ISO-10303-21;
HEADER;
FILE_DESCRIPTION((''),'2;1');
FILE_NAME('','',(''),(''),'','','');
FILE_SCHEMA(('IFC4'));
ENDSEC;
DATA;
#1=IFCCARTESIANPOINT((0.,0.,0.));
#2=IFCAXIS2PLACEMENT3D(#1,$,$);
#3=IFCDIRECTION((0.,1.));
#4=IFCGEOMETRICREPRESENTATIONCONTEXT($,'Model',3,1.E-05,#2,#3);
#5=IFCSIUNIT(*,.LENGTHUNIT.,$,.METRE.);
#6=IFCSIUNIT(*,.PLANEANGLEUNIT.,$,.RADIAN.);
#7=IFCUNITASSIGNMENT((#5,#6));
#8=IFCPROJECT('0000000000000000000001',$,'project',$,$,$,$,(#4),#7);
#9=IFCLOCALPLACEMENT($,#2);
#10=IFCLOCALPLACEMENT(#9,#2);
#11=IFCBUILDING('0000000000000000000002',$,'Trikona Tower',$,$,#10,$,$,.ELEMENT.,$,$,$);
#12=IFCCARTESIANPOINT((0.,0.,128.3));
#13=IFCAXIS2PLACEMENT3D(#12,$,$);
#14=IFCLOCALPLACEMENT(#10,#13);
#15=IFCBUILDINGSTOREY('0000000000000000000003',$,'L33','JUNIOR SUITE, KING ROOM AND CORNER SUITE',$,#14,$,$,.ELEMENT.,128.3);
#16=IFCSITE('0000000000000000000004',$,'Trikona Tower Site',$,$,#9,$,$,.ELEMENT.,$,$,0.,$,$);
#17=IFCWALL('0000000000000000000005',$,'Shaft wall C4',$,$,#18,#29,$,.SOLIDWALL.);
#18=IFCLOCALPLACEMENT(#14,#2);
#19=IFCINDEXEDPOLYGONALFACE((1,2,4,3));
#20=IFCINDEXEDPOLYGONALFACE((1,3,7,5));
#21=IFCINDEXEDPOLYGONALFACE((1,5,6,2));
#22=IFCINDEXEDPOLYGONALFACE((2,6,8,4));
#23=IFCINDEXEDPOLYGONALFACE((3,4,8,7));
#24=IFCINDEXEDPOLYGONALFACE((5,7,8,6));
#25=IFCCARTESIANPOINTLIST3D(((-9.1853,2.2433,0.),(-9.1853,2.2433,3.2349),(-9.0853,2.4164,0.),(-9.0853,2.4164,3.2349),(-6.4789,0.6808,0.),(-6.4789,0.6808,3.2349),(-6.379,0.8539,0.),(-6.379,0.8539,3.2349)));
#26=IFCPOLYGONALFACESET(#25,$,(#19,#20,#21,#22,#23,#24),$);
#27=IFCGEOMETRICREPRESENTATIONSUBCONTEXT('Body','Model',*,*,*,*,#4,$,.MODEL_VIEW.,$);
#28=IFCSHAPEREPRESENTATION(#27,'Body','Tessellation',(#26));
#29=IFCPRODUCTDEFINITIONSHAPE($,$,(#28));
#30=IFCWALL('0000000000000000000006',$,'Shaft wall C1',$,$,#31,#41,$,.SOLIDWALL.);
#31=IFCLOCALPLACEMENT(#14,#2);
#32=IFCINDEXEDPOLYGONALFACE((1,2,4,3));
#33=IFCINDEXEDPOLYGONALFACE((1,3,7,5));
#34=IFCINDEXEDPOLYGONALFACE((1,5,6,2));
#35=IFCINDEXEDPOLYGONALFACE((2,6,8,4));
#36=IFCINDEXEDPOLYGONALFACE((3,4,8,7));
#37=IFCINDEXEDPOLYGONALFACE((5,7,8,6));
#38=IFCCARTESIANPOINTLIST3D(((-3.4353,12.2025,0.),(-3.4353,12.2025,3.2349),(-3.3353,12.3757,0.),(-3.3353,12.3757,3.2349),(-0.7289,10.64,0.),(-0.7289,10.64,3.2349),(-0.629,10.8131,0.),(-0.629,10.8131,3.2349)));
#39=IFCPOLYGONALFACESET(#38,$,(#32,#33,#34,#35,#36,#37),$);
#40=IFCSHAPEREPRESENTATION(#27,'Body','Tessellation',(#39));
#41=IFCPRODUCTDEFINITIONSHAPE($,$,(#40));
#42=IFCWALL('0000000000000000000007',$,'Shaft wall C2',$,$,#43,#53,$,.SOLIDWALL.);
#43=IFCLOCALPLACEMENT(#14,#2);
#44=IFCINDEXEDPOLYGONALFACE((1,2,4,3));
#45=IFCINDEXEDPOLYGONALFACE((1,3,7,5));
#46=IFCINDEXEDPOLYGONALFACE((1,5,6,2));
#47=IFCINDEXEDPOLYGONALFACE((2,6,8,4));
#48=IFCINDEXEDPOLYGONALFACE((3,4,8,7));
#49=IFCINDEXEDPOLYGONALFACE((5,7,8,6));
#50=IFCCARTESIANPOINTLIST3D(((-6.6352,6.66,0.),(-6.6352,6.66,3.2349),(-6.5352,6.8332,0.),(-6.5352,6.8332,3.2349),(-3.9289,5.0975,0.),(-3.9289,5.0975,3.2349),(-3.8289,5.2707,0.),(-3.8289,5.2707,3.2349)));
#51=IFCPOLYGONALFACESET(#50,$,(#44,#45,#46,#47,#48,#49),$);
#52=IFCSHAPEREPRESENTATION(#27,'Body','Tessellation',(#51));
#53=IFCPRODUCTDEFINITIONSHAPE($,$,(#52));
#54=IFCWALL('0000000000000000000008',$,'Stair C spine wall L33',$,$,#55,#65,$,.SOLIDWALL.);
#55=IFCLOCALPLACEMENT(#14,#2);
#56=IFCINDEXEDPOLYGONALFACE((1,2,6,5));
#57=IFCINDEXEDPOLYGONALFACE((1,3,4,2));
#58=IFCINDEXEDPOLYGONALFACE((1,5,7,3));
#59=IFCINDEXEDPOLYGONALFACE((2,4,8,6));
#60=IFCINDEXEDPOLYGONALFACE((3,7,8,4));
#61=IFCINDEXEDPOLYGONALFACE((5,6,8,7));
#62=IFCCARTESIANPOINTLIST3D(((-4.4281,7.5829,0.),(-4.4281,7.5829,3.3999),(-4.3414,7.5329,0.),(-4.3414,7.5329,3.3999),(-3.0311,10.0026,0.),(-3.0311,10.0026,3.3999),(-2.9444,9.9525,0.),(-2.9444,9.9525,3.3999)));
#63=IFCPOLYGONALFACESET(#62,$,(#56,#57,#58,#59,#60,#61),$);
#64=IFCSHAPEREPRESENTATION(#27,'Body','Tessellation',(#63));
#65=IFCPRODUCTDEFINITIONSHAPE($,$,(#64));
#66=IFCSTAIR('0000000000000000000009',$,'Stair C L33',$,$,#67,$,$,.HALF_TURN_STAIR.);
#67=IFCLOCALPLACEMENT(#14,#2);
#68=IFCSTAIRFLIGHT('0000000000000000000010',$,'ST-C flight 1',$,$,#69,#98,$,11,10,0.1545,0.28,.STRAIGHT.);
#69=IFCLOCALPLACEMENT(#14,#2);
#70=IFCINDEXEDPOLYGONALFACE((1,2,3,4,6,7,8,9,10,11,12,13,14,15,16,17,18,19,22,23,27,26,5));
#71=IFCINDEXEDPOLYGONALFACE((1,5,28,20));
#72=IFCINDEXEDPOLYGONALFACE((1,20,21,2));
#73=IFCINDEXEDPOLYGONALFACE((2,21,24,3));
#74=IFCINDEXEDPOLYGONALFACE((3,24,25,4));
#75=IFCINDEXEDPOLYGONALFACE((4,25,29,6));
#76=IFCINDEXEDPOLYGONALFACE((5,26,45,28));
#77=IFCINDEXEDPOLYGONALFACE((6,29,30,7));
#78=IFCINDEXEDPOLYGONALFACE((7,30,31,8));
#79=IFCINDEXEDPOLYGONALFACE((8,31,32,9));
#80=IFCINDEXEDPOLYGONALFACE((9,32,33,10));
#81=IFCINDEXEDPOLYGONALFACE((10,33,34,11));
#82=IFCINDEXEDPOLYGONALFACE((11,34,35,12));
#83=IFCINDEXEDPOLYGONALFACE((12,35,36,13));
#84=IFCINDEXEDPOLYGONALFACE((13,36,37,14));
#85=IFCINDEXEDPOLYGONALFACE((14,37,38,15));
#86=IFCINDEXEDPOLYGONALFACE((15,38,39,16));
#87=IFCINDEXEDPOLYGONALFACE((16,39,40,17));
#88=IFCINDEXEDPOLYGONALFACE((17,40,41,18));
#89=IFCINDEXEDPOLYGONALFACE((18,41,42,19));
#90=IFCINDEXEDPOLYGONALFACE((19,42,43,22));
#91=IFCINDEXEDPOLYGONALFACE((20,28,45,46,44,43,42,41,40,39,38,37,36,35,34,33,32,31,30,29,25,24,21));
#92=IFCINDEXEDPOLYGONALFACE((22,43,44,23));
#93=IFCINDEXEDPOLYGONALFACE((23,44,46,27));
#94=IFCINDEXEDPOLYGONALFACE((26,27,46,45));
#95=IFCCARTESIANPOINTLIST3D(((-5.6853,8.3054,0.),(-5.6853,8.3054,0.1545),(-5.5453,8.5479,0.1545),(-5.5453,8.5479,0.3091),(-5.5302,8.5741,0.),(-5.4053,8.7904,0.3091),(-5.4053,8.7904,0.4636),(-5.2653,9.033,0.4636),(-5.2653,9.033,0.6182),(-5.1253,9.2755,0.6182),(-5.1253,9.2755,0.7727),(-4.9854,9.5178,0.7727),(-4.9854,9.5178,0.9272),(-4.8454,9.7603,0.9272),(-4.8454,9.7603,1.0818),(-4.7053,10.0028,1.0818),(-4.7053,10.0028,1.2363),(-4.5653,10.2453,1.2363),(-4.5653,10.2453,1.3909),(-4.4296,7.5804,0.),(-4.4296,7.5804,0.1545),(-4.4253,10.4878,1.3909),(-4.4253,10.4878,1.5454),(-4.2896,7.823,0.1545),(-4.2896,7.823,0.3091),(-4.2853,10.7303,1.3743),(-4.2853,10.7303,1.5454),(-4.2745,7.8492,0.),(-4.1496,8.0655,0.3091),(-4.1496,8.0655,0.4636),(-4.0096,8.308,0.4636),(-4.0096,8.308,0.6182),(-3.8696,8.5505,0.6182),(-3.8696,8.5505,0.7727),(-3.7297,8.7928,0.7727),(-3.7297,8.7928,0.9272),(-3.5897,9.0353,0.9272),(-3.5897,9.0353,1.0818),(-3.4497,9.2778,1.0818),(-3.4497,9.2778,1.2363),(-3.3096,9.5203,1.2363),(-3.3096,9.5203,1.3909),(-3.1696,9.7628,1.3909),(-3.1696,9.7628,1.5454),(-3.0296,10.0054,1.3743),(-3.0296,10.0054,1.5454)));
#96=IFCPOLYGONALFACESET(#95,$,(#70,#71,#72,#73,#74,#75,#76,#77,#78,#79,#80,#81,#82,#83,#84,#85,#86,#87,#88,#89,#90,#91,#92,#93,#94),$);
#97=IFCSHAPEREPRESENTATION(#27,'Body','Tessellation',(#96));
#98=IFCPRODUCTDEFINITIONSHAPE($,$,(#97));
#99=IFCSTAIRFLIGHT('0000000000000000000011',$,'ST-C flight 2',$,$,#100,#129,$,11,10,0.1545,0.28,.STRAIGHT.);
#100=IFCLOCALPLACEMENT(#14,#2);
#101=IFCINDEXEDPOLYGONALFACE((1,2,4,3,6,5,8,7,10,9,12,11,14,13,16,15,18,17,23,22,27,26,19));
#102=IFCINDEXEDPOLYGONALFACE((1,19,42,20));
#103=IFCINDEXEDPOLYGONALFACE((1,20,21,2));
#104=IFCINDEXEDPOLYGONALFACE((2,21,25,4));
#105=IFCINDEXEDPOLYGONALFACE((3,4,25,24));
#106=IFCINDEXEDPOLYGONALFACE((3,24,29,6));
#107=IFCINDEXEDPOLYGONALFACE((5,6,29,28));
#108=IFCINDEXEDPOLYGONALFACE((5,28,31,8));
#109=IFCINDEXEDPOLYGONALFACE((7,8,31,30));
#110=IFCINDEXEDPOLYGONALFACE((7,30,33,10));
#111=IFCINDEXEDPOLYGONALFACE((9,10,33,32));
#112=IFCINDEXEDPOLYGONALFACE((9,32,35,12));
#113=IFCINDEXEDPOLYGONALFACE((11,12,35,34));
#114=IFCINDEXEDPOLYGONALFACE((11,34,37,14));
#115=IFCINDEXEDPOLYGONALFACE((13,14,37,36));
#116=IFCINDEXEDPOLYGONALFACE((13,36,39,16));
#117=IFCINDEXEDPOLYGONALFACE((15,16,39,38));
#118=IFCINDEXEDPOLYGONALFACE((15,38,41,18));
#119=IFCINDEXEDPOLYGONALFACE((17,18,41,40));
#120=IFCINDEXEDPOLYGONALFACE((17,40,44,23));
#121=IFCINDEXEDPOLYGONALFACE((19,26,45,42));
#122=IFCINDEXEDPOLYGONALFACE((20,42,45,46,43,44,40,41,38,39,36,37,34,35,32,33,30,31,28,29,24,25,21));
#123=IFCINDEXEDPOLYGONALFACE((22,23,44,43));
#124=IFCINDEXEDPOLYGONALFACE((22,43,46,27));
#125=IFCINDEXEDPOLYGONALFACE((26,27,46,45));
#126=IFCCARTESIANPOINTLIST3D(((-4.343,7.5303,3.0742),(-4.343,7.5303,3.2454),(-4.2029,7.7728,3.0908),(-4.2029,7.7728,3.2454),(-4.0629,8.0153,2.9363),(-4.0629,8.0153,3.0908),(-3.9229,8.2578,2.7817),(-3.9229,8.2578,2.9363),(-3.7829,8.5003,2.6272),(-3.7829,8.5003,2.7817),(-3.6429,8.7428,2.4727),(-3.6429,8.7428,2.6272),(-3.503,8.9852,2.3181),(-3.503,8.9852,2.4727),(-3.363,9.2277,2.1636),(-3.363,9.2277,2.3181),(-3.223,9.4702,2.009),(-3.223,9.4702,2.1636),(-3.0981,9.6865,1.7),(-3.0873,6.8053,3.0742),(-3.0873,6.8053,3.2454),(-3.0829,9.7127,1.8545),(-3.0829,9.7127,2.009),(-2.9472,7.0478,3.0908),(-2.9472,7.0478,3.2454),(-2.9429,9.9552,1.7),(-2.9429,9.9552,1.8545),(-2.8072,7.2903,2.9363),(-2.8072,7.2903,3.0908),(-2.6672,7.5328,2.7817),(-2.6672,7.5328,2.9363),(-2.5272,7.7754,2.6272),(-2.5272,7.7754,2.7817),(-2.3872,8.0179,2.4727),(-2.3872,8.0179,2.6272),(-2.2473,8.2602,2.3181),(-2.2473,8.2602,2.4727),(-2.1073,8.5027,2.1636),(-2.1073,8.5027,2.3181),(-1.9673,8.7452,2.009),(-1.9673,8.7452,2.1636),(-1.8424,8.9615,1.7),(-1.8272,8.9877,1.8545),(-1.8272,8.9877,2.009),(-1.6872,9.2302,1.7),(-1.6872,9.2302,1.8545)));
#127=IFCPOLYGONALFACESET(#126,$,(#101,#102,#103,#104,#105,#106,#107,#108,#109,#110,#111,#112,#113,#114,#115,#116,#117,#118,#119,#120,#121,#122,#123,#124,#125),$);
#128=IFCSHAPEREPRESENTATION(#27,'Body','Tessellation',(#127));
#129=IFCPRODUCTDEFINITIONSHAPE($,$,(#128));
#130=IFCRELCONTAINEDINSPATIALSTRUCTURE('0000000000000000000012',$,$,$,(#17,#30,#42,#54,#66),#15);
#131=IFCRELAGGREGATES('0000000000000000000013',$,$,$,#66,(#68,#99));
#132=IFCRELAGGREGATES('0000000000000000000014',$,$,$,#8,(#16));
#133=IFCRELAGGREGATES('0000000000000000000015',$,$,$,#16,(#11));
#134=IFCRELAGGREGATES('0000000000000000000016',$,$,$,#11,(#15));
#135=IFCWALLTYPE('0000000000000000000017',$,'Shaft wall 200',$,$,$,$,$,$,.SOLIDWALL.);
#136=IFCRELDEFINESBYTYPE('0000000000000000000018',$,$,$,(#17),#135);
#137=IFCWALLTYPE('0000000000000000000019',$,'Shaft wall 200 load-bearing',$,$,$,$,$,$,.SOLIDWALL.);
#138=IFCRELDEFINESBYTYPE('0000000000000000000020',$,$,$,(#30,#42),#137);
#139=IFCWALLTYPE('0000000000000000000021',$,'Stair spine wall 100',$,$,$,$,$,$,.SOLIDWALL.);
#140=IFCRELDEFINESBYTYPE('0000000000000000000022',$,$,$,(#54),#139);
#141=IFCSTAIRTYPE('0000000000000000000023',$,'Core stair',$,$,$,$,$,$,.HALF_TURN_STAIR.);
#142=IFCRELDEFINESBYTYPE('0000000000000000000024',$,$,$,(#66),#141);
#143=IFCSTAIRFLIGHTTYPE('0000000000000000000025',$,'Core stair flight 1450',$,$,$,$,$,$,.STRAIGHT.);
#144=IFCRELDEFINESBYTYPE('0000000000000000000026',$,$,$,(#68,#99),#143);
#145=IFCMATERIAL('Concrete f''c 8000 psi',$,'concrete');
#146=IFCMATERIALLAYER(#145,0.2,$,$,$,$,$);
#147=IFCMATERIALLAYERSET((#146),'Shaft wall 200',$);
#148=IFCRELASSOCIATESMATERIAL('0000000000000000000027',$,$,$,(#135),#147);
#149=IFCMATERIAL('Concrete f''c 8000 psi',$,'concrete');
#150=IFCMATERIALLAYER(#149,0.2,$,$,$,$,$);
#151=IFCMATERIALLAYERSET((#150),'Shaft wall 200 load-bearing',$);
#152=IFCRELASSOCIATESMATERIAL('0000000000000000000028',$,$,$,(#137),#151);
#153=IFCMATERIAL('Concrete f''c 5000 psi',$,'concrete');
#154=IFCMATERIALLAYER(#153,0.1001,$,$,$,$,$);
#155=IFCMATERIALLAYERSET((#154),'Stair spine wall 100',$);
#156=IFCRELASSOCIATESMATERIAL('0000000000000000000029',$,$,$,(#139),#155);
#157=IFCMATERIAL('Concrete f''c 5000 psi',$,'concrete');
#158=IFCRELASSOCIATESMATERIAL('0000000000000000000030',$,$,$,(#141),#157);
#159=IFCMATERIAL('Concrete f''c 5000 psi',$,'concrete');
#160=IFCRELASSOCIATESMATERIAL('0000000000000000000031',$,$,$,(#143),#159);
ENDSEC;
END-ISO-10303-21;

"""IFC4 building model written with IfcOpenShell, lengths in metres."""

from ifc_helpers import new_model, si_unit, direction, frame, frame_2d, origin, place, context, subcontext, project, spatial, polyline, rectangle, outline, extrude, material, layer, layer_set, type_object, element, aggregate, save


model = new_model("IFC4")

# Units and contexts
model_context = context("Model", 3, precision=1e-05, world=origin(), true_north=direction((0.0, 1.0)))
body_context = subcontext(model_context, "Body", "Model", "MODEL_VIEW")
ifc_project = project(units=[si_unit("LENGTHUNIT", "METRE"), si_unit("PLANEANGLEUNIT", "RADIAN")], contexts=[model_context])

# Site, building, storey
site_placement = place(None, origin())
site = spatial("IfcSite", under=ifc_project, at=site_placement, Name="Trikona Tower Site", CompositionType="ELEMENT", RefElevation=0.0)
building_placement = place(site_placement, origin())
building = spatial("IfcBuilding", under=site, at=building_placement, Name="Trikona Tower", CompositionType="ELEMENT")
storey_placement = place(building_placement, frame((0.0, 0.0, 128.3)))
storey = spatial("IfcBuildingStorey", under=building, at=storey_placement, Name="L33", Description="JUNIOR SUITE, KING ROOM AND CORNER SUITE", CompositionType="ELEMENT", Elevation=128.3)

# Walls
ifc_material_1 = material(Name="Concrete f'c 8000 psi", Category="concrete")
ifc_layer_1 = layer(ifc_material_1, 0.2)
ifc_layer_set_1 = layer_set([ifc_layer_1], Name="Shaft wall 200")
wall_type_1 = type_object("IfcWallType", Name="Shaft wall 200", PredefinedType="SOLIDWALL", material=ifc_layer_set_1)
for number, where, z_axis, x_axis, name in (
    (1, (-6.429, 0.7673, 0.0), (0.0, 0.0, 1.0), (-0.866023, 0.500004, 0.0), "Shaft wall C4"),
):
    element("IfcWall", number, at=place(storey_placement, frame(where, z_axis=z_axis, x_axis=x_axis)), inside=storey, type_object=wall_type_1, Name=name, PredefinedType="SOLIDWALL", context=body_context, shape_type="SweptSolid", body=[
        extrude(rectangle(XDim=3.125, YDim=0.2, at=frame_2d((1.5625, 0.0))), origin(), (0.0, 0.0, 1.0), 3.2349),
    ])
ifc_material_2 = material(Name="Concrete f'c 8000 psi", Category="concrete")
ifc_layer_2 = layer(ifc_material_2, 0.2)
ifc_layer_set_2 = layer_set([ifc_layer_2], Name="Shaft wall 200 load-bearing")
wall_type_2 = type_object("IfcWallType", Name="Shaft wall 200 load-bearing", PredefinedType="SOLIDWALL", material=ifc_layer_set_2)
for number, where, z_axis, x_axis, name in (
    (2, (-0.679, 10.7266, 0.0), (0.0, 0.0, 1.0), (-0.866023, 0.500004, 0.0), "Shaft wall C1"),
    (3, (-3.8789, 5.1841, 0.0), (0.0, 0.0, 1.0), (-0.866023, 0.500004, 0.0), "Shaft wall C2"),
):
    element("IfcWall", number, at=place(storey_placement, frame(where, z_axis=z_axis, x_axis=x_axis)), inside=storey, type_object=wall_type_2, Name=name, PredefinedType="SOLIDWALL", context=body_context, shape_type="SweptSolid", body=[
        extrude(rectangle(XDim=3.125, YDim=0.2, at=frame_2d((1.5625, 0.0))), origin(), (0.0, 0.0, 1.0), 3.2349),
    ])
ifc_material_3 = material(Name="Concrete f'c 5000 psi", Category="concrete")
ifc_layer_3 = layer(ifc_material_3, 0.1001)
ifc_layer_set_3 = layer_set([ifc_layer_3], Name="Stair spine wall 100")
wall_type_3 = type_object("IfcWallType", Name="Stair spine wall 100", PredefinedType="SOLIDWALL", material=ifc_layer_set_3)
wall_1_placement = place(storey_placement, frame((-2.9878, 9.9775, 0.0), z_axis=(0.0, 0.0, 1.0), x_axis=(-0.499992, -0.86603, 0.0)))
element("IfcWall", 4, at=wall_1_placement, inside=storey, type_object=wall_type_3, Name="Stair C spine wall L33", PredefinedType="SOLIDWALL", context=body_context, shape_type="SweptSolid", body=[
    extrude(rectangle(XDim=2.7939, YDim=0.1001, at=frame_2d((1.397, 0.0))), origin(), (0.0, 0.0, 1.0), 3.3999),
])

# Stair, stair flights
ifc_material_4 = material(Name="Concrete f'c 5000 psi", Category="concrete")
stair_type = type_object("IfcStairType", Name="Core stair", PredefinedType="HALF_TURN_STAIR", material=ifc_material_4)
stair_placement = place(storey_placement, origin())
stair = element("IfcStair", 5, at=stair_placement, inside=storey, type_object=stair_type, Name="Stair C L33", PredefinedType="HALF_TURN_STAIR")
ifc_material_5 = material(Name="Concrete f'c 5000 psi", Category="concrete")
stair_flight_type = type_object("IfcStairFlightType", Name="Core stair flight 1450", PredefinedType="STRAIGHT", material=ifc_material_5)
stair_flight_1_placement = place(storey_placement, frame((-5.0574, 7.9429, 0.0), z_axis=(0.0, 0.0, 1.0), x_axis=(0.5, 0.866025, 0.0)))
stair_flight_1 = element("IfcStairFlight", 6, at=stair_flight_1_placement, type_object=stair_flight_type, Name="ST-C flight 1", NumberOfRisers=11, NumberOfTreads=10, PredefinedType="STRAIGHT", RiserHeight=0.1545, TreadLength=0.28, context=body_context, shape_type="SweptSolid", body=[
    extrude(outline(polyline([(0.0, 0.0), (0.0, 0.1545), (0.28, 0.1545), (0.28, 0.3091), (0.5601, 0.3091), (0.5601, 0.4636), (0.8401, 0.4636), (0.8401, 0.6182), (1.1201, 0.6182), (1.1201, 0.7727), (1.3999, 0.7727), (1.3999, 0.9272), (1.6799, 0.9272), (1.6799, 1.0818), (1.96, 1.0818), (1.96, 1.2363), (2.24, 1.2363), (2.24, 1.3909), (2.52, 1.3909), (2.52, 1.5454), (2.8, 1.5454), (2.8, 1.7), (2.8, 1.3743), (0.3103, 0.0), (0.0, 0.0)])), frame((0.0, 0.7251, 0.0), z_axis=(0.0, -1.0, 0.0), x_axis=(1.0, 0.0, 0.0)), (0.0, 0.0, 1.0), 1.45),
])
stair_flight_2_placement = place(storey_placement, frame((-2.3152, 9.5928, 1.7), z_axis=(0.0, 0.0, 1.0), x_axis=(-0.5, -0.866025, 0.0)))
stair_flight_2 = element("IfcStairFlight", 7, at=stair_flight_2_placement, type_object=stair_flight_type, Name="ST-C flight 2", NumberOfRisers=11, NumberOfTreads=10, PredefinedType="STRAIGHT", RiserHeight=0.1545, TreadLength=0.28, context=body_context, shape_type="SweptSolid", body=[
    extrude(outline(polyline([(0.0, 0.0), (0.0, 0.1545), (0.28, 0.1545), (0.28, 0.3091), (0.5601, 0.3091), (0.5601, 0.4636), (0.8401, 0.4636), (0.8401, 0.6182), (1.1201, 0.6182), (1.1201, 0.7727), (1.3999, 0.7727), (1.3999, 0.9272), (1.6799, 0.9272), (1.6799, 1.0818), (1.96, 1.0818), (1.96, 1.2363), (2.24, 1.2363), (2.24, 1.3909), (2.52, 1.3909), (2.52, 1.5454), (2.8, 1.5454), (2.8, 1.7), (2.8, 1.3743), (0.3103, 0.0), (0.0, 0.0)])), frame((0.0, 0.7251, 0.0), z_axis=(0.0, -1.0, 0.0), x_axis=(1.0, 0.0, 0.0)), (0.0, 0.0, 1.0), 1.45),
])
aggregate(stair, [stair_flight_1, stair_flight_2])

save(model, "model.ifc")
